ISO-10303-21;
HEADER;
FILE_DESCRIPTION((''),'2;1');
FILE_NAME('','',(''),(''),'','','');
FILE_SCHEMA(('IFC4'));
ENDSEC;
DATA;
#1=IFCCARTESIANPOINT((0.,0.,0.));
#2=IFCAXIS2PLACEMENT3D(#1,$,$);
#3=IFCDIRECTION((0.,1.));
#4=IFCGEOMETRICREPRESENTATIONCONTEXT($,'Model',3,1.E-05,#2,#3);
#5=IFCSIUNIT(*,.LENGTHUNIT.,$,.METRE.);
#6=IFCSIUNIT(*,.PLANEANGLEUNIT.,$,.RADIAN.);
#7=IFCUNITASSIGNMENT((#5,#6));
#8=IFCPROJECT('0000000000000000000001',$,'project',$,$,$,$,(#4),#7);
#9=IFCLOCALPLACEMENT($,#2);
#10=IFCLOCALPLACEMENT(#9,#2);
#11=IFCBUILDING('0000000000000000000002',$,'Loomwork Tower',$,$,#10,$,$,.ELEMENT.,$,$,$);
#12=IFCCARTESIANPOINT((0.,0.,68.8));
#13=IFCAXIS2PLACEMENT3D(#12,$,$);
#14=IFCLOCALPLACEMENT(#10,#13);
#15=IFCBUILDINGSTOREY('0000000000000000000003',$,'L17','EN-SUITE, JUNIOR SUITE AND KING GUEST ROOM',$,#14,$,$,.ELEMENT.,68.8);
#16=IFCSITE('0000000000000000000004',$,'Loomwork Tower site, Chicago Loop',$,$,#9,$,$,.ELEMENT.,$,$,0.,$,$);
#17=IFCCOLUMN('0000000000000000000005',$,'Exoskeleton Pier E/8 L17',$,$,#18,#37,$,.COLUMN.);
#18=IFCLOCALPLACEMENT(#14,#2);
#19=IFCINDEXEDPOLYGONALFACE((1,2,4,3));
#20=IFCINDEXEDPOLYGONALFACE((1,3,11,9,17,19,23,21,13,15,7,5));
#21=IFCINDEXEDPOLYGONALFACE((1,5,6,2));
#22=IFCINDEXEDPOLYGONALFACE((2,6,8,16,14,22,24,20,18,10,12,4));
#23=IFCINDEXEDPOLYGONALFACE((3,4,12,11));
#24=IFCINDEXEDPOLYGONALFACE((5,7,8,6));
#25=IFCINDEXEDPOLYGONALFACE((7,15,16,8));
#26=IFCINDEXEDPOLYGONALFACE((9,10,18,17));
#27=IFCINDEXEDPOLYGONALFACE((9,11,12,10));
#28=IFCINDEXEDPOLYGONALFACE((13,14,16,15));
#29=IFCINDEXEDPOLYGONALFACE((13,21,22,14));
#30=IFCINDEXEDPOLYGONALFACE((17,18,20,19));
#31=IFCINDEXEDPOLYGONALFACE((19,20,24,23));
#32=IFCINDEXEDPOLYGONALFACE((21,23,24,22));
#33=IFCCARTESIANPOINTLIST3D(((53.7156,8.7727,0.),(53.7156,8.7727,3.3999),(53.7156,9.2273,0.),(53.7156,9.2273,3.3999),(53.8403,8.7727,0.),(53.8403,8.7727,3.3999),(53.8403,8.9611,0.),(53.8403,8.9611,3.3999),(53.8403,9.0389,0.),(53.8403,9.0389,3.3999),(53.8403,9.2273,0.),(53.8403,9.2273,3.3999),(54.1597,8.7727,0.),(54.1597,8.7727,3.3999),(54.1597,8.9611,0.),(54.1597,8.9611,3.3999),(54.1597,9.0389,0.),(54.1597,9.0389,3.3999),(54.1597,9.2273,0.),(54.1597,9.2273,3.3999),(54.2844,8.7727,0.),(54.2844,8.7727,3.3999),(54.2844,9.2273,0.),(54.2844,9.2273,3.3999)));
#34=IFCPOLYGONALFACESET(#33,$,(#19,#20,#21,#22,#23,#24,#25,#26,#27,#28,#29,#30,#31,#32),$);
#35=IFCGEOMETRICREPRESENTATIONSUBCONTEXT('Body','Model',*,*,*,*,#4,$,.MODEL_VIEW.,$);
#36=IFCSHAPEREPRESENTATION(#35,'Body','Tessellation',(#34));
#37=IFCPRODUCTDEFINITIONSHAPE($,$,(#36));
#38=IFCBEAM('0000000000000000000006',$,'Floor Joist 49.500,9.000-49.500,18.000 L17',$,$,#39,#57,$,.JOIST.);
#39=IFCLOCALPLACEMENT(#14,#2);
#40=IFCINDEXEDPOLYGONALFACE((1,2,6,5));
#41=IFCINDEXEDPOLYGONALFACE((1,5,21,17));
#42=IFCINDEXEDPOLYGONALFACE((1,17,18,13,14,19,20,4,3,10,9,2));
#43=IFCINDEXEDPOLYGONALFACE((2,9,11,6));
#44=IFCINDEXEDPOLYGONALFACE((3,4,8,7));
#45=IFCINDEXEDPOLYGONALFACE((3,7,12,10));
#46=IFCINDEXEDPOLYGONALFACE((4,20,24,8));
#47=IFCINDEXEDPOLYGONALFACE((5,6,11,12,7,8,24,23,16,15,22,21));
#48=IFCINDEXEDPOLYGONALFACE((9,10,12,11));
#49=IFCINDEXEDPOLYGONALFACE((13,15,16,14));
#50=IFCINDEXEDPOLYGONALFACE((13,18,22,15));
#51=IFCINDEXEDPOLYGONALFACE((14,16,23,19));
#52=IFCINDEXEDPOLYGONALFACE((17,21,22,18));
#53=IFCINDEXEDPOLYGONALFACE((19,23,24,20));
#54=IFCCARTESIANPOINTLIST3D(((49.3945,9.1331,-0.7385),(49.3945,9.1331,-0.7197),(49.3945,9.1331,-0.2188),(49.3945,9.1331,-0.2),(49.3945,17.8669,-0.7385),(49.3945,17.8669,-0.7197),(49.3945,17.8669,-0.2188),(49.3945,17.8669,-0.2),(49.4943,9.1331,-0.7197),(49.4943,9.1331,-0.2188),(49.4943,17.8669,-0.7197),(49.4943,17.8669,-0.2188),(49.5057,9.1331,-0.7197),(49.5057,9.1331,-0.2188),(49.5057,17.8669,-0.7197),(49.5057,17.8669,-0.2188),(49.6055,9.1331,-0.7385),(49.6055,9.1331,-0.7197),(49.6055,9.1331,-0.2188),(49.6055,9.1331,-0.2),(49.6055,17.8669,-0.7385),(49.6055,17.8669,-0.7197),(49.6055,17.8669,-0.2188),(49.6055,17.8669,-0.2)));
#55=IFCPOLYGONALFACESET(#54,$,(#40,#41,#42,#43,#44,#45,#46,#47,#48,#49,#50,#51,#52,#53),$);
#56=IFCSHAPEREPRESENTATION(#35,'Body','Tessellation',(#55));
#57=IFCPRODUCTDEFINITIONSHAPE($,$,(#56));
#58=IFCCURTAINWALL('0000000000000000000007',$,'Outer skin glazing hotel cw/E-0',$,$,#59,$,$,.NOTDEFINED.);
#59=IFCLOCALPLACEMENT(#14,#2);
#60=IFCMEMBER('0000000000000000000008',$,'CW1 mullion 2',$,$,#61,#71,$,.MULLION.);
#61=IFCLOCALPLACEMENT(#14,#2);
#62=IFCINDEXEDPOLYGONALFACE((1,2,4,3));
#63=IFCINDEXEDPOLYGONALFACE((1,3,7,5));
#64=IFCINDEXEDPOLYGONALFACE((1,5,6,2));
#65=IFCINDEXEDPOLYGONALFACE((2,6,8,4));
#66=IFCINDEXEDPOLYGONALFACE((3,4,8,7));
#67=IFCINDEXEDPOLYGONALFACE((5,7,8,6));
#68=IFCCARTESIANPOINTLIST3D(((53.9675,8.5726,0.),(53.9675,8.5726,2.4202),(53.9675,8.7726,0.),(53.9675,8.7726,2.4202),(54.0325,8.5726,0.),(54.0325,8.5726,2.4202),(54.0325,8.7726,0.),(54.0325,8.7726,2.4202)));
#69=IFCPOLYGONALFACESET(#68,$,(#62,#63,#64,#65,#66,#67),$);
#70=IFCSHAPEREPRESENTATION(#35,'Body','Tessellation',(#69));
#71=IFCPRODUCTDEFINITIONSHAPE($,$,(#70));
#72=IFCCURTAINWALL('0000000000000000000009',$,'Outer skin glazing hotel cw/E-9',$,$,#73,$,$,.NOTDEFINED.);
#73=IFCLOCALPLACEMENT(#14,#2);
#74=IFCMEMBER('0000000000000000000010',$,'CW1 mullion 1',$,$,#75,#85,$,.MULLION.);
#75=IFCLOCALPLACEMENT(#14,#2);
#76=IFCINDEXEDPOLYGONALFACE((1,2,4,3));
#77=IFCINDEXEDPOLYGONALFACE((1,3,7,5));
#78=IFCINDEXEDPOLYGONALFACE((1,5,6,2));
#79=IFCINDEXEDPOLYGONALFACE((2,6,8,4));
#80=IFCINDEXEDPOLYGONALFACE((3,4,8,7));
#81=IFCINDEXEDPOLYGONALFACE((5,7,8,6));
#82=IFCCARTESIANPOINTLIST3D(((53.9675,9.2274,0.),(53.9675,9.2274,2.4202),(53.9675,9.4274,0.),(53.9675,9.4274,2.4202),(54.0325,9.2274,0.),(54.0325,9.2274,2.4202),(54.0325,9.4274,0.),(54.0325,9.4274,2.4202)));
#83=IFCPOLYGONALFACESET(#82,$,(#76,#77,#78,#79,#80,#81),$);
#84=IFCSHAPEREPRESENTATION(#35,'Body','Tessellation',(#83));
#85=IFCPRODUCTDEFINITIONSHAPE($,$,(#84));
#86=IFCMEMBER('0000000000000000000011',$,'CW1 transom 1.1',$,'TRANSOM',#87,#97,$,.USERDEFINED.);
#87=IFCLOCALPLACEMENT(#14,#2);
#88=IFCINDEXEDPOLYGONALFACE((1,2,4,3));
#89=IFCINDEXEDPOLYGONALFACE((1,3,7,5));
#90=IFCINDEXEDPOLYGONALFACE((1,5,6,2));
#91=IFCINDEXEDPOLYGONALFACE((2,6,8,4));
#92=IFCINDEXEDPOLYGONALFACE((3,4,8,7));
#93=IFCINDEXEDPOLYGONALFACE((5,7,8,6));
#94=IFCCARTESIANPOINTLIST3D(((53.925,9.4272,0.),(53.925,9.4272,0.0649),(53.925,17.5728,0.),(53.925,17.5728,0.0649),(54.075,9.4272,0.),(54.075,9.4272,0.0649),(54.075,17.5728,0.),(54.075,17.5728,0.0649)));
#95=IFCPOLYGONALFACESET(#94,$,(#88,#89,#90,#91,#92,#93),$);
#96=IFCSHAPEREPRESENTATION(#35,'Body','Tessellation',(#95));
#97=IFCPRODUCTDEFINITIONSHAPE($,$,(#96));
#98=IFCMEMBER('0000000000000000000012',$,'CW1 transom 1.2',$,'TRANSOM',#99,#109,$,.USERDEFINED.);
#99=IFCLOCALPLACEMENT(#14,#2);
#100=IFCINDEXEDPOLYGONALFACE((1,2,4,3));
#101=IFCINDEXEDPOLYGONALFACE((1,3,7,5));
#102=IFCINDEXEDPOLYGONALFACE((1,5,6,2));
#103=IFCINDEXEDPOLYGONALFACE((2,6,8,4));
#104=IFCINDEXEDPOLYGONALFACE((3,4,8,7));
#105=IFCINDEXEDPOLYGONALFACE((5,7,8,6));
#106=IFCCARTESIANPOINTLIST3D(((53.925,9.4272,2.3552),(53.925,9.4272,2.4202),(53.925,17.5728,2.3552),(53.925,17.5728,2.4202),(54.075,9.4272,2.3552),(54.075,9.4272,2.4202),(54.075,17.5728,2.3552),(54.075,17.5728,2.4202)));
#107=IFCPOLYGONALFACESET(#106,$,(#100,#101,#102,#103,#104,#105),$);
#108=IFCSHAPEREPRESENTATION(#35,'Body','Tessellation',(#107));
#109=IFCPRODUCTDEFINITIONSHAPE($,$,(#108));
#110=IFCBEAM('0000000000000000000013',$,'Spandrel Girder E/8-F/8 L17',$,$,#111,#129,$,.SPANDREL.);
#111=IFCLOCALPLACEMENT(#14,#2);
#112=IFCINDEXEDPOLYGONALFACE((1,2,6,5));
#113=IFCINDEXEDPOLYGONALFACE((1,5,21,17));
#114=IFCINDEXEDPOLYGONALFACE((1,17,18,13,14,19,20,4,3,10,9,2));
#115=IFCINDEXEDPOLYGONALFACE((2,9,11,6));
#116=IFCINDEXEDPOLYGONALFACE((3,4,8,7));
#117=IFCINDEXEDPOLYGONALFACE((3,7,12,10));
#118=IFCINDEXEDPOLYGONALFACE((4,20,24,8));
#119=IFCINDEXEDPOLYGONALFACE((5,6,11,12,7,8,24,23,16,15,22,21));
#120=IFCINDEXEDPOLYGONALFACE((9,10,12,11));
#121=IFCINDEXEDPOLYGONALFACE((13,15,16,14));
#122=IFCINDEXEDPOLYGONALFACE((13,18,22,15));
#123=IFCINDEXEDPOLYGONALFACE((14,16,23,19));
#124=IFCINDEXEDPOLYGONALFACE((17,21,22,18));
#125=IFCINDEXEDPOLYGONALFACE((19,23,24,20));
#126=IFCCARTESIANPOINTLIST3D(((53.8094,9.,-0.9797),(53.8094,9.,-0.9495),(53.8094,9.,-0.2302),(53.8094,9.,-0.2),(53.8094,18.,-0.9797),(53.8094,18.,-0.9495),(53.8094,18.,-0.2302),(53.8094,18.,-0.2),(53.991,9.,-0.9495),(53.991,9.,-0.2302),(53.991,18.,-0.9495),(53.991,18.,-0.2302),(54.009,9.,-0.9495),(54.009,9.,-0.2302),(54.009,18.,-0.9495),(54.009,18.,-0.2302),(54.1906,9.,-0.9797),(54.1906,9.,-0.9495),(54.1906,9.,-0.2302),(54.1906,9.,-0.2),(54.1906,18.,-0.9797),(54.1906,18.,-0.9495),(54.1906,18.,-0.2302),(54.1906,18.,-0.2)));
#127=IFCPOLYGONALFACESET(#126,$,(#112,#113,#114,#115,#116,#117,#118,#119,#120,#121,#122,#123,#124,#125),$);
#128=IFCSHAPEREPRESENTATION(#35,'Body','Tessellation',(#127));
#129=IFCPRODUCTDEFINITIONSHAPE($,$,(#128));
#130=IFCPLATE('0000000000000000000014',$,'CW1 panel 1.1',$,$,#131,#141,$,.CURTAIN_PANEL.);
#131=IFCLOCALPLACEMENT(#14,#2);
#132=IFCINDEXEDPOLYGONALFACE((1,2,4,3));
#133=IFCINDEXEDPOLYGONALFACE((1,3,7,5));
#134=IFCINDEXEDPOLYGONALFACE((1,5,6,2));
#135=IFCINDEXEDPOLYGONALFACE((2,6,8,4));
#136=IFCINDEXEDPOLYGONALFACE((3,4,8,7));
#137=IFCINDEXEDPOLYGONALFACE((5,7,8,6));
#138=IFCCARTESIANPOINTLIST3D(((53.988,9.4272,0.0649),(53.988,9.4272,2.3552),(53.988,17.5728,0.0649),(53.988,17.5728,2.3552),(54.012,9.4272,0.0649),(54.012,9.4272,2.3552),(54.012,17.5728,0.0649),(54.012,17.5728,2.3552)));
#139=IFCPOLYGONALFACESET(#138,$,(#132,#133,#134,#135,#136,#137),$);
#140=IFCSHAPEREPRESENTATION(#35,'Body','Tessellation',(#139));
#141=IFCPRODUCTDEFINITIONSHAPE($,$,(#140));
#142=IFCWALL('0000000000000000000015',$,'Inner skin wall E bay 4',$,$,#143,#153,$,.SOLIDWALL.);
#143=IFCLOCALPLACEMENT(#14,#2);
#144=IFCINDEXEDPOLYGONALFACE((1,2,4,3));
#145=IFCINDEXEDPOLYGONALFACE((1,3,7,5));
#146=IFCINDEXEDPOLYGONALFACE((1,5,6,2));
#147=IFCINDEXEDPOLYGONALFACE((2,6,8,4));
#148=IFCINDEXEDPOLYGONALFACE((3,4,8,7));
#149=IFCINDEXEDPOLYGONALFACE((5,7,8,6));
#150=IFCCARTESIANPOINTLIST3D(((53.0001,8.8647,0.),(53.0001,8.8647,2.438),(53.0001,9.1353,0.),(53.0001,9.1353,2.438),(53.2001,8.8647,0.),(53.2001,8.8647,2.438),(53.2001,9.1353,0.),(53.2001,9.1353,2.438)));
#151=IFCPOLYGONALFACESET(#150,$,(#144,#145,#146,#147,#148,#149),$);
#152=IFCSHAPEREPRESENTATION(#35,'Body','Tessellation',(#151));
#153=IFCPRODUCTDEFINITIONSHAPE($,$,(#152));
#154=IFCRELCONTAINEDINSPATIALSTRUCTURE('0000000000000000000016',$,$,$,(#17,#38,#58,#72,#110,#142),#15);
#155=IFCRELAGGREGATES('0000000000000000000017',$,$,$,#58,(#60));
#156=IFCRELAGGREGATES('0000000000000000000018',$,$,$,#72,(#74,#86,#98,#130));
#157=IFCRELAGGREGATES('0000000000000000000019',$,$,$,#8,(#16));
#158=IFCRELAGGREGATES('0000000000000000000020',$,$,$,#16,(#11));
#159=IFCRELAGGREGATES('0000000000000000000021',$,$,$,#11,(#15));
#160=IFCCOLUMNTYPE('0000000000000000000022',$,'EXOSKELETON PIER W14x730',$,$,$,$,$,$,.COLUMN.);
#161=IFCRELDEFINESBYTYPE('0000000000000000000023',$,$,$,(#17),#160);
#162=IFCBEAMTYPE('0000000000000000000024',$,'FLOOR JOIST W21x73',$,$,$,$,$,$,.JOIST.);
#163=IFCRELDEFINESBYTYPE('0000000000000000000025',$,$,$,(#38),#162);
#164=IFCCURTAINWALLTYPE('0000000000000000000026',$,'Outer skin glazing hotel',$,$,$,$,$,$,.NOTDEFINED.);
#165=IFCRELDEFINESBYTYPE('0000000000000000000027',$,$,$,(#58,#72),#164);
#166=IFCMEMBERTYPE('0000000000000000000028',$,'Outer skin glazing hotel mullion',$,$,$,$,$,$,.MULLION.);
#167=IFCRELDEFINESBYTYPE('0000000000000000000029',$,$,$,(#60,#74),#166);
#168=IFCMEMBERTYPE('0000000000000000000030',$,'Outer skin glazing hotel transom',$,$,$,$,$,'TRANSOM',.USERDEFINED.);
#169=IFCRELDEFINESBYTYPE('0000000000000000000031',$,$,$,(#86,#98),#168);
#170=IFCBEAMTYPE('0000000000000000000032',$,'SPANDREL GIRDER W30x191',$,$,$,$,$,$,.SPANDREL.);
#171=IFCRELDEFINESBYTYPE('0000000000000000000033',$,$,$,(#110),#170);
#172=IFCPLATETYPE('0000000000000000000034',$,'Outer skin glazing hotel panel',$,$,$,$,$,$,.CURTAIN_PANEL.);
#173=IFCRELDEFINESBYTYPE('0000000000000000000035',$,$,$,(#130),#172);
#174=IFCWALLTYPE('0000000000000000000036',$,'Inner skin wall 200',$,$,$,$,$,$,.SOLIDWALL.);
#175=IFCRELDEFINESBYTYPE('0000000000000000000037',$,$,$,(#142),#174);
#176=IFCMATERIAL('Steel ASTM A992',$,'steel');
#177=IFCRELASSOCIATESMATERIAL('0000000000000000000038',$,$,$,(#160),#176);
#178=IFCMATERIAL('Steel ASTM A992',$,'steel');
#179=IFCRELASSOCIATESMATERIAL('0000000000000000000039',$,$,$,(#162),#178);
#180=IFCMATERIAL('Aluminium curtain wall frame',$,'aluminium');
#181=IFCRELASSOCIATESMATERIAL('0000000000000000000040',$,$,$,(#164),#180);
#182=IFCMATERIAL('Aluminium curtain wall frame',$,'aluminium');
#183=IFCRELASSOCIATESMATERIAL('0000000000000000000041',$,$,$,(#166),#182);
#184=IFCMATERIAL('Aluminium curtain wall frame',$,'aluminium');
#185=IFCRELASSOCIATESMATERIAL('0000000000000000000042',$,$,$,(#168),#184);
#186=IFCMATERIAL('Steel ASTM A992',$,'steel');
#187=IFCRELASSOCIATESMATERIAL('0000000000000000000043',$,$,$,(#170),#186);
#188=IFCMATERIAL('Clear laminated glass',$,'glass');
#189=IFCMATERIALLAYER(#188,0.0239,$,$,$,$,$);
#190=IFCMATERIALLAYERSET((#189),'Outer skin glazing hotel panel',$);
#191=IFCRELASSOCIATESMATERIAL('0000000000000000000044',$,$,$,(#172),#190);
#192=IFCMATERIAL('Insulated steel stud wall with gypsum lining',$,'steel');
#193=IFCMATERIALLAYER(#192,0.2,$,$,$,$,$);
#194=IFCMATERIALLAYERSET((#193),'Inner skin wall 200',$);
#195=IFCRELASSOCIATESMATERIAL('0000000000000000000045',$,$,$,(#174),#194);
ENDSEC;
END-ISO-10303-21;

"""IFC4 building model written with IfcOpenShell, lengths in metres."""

from ifc_helpers import new_model, si_unit, direction, frame, frame_2d, origin, origin_2d, place, context, subcontext, project, spatial, rectangle, i_section, extrude, material, layer, layer_set, material_profile, profile_set, type_object, element, aggregate, save


model = new_model("IFC4")

# Units and contexts
model_context = context("Model", 3, precision=1e-05, world=origin(), true_north=direction((0.0, 1.0)))
body_context = subcontext(model_context, "Body", "Model", "MODEL_VIEW")
ifc_project = project(units=[si_unit("LENGTHUNIT", "METRE"), si_unit("PLANEANGLEUNIT", "RADIAN")], contexts=[model_context])

# Site, building, storey
site_placement = place(None, origin())
site = spatial("IfcSite", under=ifc_project, at=site_placement, Name="Loomwork Tower site, Chicago Loop", CompositionType="ELEMENT", RefElevation=0.0)
building_placement = place(site_placement, origin())
building = spatial("IfcBuilding", under=site, at=building_placement, Name="Loomwork Tower", CompositionType="ELEMENT")
storey_placement = place(building_placement, frame((0.0, 0.0, 68.8)))
storey = spatial("IfcBuildingStorey", under=building, at=storey_placement, Name="L17", Description="EN-SUITE, JUNIOR SUITE AND KING GUEST ROOM", CompositionType="ELEMENT", Elevation=68.8)

# Column
ifc_material_1 = material(Name="Steel ASTM A992", Category="steel")
ifc_material_profile_1 = material_profile(ifc_material_1, i_section(OverallWidth=0.4546, OverallDepth=0.5688, WebThickness=0.0779, FlangeThickness=0.1248, at=origin_2d()), Name="W14x730")
ifc_profile_set_1 = profile_set([ifc_material_profile_1], Name="Steel ASTM A992")
column_type = type_object("IfcColumnType", Name="EXOSKELETON PIER W14x730", PredefinedType="COLUMN", material=ifc_profile_set_1)
column_placement = place(storey_placement, frame((54.0, 9.0, 0.0), z_axis=(0.0, 0.0, 1.0), x_axis=(0.0, 1.0, 0.0)))
element("IfcColumn", 1, at=column_placement, inside=storey, type_object=column_type, Name="Exoskeleton Pier E/8 L17", PredefinedType="COLUMN", context=body_context, shape_type="SweptSolid", body=[
    extrude(i_section(OverallWidth=0.4546, OverallDepth=0.5688, WebThickness=0.0779, FlangeThickness=0.1248, at=origin_2d()), origin(), (0.0, 0.0, 1.0), 3.3999),
])

# Beam
ifc_material_2 = material(Name="Steel ASTM A992", Category="steel")
ifc_material_profile_2 = material_profile(ifc_material_2, i_section(OverallWidth=0.2109, OverallDepth=0.5386, WebThickness=0.0115, FlangeThickness=0.0188, at=origin_2d()), Name="W21x73")
ifc_profile_set_2 = profile_set([ifc_material_profile_2], Name="Steel ASTM A992")
beam_type_1 = type_object("IfcBeamType", Name="FLOOR JOIST W21x73", PredefinedType="JOIST", material=ifc_profile_set_2)
beam_1_placement = place(storey_placement, frame((49.5, 9.1331, -0.4692), z_axis=(0.0, 1.0, 0.0), x_axis=(-1.0, 0.0, 0.0)))
element("IfcBeam", 2, at=beam_1_placement, inside=storey, type_object=beam_type_1, Name="Floor Joist 49.500,9.000-49.500,18.000 L17", PredefinedType="JOIST", context=body_context, shape_type="SweptSolid", body=[
    extrude(i_section(OverallWidth=0.2109, OverallDepth=0.5386, WebThickness=0.0115, FlangeThickness=0.0188, at=origin_2d()), origin(), (0.0, 0.0, 1.0), 8.7339),
])

# Curtain wall, member
ifc_material_3 = material(Name="Aluminium curtain wall frame", Category="aluminium")
curtain_wall_type = type_object("IfcCurtainWallType", Name="Outer skin glazing hotel", PredefinedType="NOTDEFINED", material=ifc_material_3)
curtain_wall_1_placement = place(storey_placement, origin())
curtain_wall_1 = element("IfcCurtainWall", 3, at=curtain_wall_1_placement, inside=storey, type_object=curtain_wall_type, Name="Outer skin glazing hotel cw/E-0", PredefinedType="NOTDEFINED")
ifc_material_4 = material(Name="Aluminium curtain wall frame", Category="aluminium")
ifc_material_profile_3 = material_profile(ifc_material_4, rectangle(XDim=0.0649, YDim=0.2, at=origin_2d()), Name="AL 65x200")
ifc_profile_set_3 = profile_set([ifc_material_profile_3], Name="Aluminium curtain wall frame")
member_type_1 = type_object("IfcMemberType", Name="Outer skin glazing hotel mullion", PredefinedType="MULLION", material=ifc_profile_set_3)
member_1_placement = place(storey_placement, frame((54.0, 8.6726, 0.0), z_axis=(0.0, 0.0, 1.0), x_axis=(-1.0, 0.0, 0.0)))
member_1 = element("IfcMember", 4, at=member_1_placement, type_object=member_type_1, Name="CW1 mullion 2", PredefinedType="MULLION", context=body_context, shape_type="SweptSolid", body=[
    extrude(rectangle(XDim=0.0649, YDim=0.2, at=origin_2d()), origin(), (0.0, 0.0, 1.0), 2.4202),
])
aggregate(curtain_wall_1, [member_1])

# Curtain wall, members
curtain_wall_2_placement = place(storey_placement, origin())
curtain_wall_2 = element("IfcCurtainWall", 5, at=curtain_wall_2_placement, inside=storey, type_object=curtain_wall_type, Name="Outer skin glazing hotel cw/E-9", PredefinedType="NOTDEFINED")
member_2_placement = place(storey_placement, frame((54.0, 9.3274, 0.0), z_axis=(0.0, 0.0, 1.0), x_axis=(-1.0, 0.0, 0.0)))
member_2 = element("IfcMember", 6, at=member_2_placement, type_object=member_type_1, Name="CW1 mullion 1", PredefinedType="MULLION", context=body_context, shape_type="SweptSolid", body=[
    extrude(rectangle(XDim=0.0649, YDim=0.2, at=origin_2d()), origin(), (0.0, 0.0, 1.0), 2.4202),
])
ifc_material_5 = material(Name="Aluminium curtain wall frame", Category="aluminium")
ifc_material_profile_4 = material_profile(ifc_material_5, rectangle(XDim=0.1499, YDim=0.0649, at=origin_2d()), Name="AL 65x150")
ifc_profile_set_4 = profile_set([ifc_material_profile_4], Name="Aluminium curtain wall frame")
member_type_2 = type_object("IfcMemberType", Name="Outer skin glazing hotel transom", ElementType="TRANSOM", PredefinedType="USERDEFINED", material=ifc_profile_set_4)
member_3_placement = place(storey_placement, frame((54.0, 9.4272, 0.0325), z_axis=(0.0, 1.0, 0.0), x_axis=(-1.0, 0.0, 0.0)))
member_3 = element("IfcMember", 7, at=member_3_placement, type_object=member_type_2, Name="CW1 transom 1.1", ObjectType="TRANSOM", PredefinedType="USERDEFINED", context=body_context, shape_type="SweptSolid", body=[
    extrude(rectangle(XDim=0.1499, YDim=0.0649, at=origin_2d()), origin(), (0.0, 0.0, 1.0), 8.1455),
])
member_4_placement = place(storey_placement, frame((54.0, 9.4272, 2.3877), z_axis=(0.0, 1.0, 0.0), x_axis=(-1.0, 0.0, 0.0)))
member_4 = element("IfcMember", 8, at=member_4_placement, type_object=member_type_2, Name="CW1 transom 1.2", ObjectType="TRANSOM", PredefinedType="USERDEFINED", context=body_context, shape_type="SweptSolid", body=[
    extrude(rectangle(XDim=0.1499, YDim=0.0649, at=origin_2d()), origin(), (0.0, 0.0, 1.0), 8.1455),
])

# Beam
ifc_material_6 = material(Name="Steel ASTM A992", Category="steel")
ifc_material_profile_5 = material_profile(ifc_material_6, i_section(OverallWidth=0.3811, OverallDepth=0.7798, WebThickness=0.0181, FlangeThickness=0.0303, at=origin_2d()), Name="W30x191")
ifc_profile_set_5 = profile_set([ifc_material_profile_5], Name="Steel ASTM A992")
beam_type_2 = type_object("IfcBeamType", Name="SPANDREL GIRDER W30x191", PredefinedType="SPANDREL", material=ifc_profile_set_5)
beam_2_placement = place(storey_placement, frame((54.0, 9.0, -0.5898), z_axis=(0.0, 1.0, 0.0), x_axis=(-1.0, 0.0, 0.0)))
element("IfcBeam", 9, at=beam_2_placement, inside=storey, type_object=beam_type_2, Name="Spandrel Girder E/8-F/8 L17", PredefinedType="SPANDREL", context=body_context, shape_type="SweptSolid", body=[
    extrude(i_section(OverallWidth=0.3811, OverallDepth=0.7798, WebThickness=0.0181, FlangeThickness=0.0303, at=origin_2d()), origin(), (0.0, 0.0, 1.0), 9.0),
])

# Plate
ifc_material_7 = material(Name="Clear laminated glass", Category="glass")
ifc_layer_1 = layer(ifc_material_7, 0.0239)
ifc_layer_set_1 = layer_set([ifc_layer_1], Name="Outer skin glazing hotel panel")
plate_type = type_object("IfcPlateType", Name="Outer skin glazing hotel panel", PredefinedType="CURTAIN_PANEL", material=ifc_layer_set_1)
plate_placement = place(storey_placement, frame((54.0, 13.5, 0.0649), z_axis=(0.0, 0.0, 1.0), x_axis=(0.0, 1.0, 0.0)))
plate = element("IfcPlate", 10, at=plate_placement, type_object=plate_type, Name="CW1 panel 1.1", PredefinedType="CURTAIN_PANEL", context=body_context, shape_type="SweptSolid", body=[
    extrude(rectangle(XDim=8.1455, YDim=0.0239, at=origin_2d()), origin(), (0.0, 0.0, 1.0), 2.2903),
])
aggregate(curtain_wall_2, [member_2, member_3, member_4, plate])

# Wall
ifc_material_8 = material(Name="Insulated steel stud wall with gypsum lining", Category="steel")
ifc_layer_2 = layer(ifc_material_8, 0.2)
ifc_layer_set_2 = layer_set([ifc_layer_2], Name="Inner skin wall 200")
wall_type = type_object("IfcWallType", Name="Inner skin wall 200", PredefinedType="SOLIDWALL", material=ifc_layer_set_2)
wall_1_placement = place(storey_placement, frame((53.1001, 8.8647, 0.0), z_axis=(0.0, 0.0, 1.0), x_axis=(0.0, 1.0, 0.0)))
element("IfcWall", 11, at=wall_1_placement, inside=storey, type_object=wall_type, Name="Inner skin wall E bay 4", PredefinedType="SOLIDWALL", context=body_context, shape_type="SweptSolid", body=[
    extrude(rectangle(XDim=0.2705, YDim=0.2, at=frame_2d((0.1353, 0.0))), origin(), (0.0, 0.0, 1.0), 2.438),
])

save(model, "model.ifc")
